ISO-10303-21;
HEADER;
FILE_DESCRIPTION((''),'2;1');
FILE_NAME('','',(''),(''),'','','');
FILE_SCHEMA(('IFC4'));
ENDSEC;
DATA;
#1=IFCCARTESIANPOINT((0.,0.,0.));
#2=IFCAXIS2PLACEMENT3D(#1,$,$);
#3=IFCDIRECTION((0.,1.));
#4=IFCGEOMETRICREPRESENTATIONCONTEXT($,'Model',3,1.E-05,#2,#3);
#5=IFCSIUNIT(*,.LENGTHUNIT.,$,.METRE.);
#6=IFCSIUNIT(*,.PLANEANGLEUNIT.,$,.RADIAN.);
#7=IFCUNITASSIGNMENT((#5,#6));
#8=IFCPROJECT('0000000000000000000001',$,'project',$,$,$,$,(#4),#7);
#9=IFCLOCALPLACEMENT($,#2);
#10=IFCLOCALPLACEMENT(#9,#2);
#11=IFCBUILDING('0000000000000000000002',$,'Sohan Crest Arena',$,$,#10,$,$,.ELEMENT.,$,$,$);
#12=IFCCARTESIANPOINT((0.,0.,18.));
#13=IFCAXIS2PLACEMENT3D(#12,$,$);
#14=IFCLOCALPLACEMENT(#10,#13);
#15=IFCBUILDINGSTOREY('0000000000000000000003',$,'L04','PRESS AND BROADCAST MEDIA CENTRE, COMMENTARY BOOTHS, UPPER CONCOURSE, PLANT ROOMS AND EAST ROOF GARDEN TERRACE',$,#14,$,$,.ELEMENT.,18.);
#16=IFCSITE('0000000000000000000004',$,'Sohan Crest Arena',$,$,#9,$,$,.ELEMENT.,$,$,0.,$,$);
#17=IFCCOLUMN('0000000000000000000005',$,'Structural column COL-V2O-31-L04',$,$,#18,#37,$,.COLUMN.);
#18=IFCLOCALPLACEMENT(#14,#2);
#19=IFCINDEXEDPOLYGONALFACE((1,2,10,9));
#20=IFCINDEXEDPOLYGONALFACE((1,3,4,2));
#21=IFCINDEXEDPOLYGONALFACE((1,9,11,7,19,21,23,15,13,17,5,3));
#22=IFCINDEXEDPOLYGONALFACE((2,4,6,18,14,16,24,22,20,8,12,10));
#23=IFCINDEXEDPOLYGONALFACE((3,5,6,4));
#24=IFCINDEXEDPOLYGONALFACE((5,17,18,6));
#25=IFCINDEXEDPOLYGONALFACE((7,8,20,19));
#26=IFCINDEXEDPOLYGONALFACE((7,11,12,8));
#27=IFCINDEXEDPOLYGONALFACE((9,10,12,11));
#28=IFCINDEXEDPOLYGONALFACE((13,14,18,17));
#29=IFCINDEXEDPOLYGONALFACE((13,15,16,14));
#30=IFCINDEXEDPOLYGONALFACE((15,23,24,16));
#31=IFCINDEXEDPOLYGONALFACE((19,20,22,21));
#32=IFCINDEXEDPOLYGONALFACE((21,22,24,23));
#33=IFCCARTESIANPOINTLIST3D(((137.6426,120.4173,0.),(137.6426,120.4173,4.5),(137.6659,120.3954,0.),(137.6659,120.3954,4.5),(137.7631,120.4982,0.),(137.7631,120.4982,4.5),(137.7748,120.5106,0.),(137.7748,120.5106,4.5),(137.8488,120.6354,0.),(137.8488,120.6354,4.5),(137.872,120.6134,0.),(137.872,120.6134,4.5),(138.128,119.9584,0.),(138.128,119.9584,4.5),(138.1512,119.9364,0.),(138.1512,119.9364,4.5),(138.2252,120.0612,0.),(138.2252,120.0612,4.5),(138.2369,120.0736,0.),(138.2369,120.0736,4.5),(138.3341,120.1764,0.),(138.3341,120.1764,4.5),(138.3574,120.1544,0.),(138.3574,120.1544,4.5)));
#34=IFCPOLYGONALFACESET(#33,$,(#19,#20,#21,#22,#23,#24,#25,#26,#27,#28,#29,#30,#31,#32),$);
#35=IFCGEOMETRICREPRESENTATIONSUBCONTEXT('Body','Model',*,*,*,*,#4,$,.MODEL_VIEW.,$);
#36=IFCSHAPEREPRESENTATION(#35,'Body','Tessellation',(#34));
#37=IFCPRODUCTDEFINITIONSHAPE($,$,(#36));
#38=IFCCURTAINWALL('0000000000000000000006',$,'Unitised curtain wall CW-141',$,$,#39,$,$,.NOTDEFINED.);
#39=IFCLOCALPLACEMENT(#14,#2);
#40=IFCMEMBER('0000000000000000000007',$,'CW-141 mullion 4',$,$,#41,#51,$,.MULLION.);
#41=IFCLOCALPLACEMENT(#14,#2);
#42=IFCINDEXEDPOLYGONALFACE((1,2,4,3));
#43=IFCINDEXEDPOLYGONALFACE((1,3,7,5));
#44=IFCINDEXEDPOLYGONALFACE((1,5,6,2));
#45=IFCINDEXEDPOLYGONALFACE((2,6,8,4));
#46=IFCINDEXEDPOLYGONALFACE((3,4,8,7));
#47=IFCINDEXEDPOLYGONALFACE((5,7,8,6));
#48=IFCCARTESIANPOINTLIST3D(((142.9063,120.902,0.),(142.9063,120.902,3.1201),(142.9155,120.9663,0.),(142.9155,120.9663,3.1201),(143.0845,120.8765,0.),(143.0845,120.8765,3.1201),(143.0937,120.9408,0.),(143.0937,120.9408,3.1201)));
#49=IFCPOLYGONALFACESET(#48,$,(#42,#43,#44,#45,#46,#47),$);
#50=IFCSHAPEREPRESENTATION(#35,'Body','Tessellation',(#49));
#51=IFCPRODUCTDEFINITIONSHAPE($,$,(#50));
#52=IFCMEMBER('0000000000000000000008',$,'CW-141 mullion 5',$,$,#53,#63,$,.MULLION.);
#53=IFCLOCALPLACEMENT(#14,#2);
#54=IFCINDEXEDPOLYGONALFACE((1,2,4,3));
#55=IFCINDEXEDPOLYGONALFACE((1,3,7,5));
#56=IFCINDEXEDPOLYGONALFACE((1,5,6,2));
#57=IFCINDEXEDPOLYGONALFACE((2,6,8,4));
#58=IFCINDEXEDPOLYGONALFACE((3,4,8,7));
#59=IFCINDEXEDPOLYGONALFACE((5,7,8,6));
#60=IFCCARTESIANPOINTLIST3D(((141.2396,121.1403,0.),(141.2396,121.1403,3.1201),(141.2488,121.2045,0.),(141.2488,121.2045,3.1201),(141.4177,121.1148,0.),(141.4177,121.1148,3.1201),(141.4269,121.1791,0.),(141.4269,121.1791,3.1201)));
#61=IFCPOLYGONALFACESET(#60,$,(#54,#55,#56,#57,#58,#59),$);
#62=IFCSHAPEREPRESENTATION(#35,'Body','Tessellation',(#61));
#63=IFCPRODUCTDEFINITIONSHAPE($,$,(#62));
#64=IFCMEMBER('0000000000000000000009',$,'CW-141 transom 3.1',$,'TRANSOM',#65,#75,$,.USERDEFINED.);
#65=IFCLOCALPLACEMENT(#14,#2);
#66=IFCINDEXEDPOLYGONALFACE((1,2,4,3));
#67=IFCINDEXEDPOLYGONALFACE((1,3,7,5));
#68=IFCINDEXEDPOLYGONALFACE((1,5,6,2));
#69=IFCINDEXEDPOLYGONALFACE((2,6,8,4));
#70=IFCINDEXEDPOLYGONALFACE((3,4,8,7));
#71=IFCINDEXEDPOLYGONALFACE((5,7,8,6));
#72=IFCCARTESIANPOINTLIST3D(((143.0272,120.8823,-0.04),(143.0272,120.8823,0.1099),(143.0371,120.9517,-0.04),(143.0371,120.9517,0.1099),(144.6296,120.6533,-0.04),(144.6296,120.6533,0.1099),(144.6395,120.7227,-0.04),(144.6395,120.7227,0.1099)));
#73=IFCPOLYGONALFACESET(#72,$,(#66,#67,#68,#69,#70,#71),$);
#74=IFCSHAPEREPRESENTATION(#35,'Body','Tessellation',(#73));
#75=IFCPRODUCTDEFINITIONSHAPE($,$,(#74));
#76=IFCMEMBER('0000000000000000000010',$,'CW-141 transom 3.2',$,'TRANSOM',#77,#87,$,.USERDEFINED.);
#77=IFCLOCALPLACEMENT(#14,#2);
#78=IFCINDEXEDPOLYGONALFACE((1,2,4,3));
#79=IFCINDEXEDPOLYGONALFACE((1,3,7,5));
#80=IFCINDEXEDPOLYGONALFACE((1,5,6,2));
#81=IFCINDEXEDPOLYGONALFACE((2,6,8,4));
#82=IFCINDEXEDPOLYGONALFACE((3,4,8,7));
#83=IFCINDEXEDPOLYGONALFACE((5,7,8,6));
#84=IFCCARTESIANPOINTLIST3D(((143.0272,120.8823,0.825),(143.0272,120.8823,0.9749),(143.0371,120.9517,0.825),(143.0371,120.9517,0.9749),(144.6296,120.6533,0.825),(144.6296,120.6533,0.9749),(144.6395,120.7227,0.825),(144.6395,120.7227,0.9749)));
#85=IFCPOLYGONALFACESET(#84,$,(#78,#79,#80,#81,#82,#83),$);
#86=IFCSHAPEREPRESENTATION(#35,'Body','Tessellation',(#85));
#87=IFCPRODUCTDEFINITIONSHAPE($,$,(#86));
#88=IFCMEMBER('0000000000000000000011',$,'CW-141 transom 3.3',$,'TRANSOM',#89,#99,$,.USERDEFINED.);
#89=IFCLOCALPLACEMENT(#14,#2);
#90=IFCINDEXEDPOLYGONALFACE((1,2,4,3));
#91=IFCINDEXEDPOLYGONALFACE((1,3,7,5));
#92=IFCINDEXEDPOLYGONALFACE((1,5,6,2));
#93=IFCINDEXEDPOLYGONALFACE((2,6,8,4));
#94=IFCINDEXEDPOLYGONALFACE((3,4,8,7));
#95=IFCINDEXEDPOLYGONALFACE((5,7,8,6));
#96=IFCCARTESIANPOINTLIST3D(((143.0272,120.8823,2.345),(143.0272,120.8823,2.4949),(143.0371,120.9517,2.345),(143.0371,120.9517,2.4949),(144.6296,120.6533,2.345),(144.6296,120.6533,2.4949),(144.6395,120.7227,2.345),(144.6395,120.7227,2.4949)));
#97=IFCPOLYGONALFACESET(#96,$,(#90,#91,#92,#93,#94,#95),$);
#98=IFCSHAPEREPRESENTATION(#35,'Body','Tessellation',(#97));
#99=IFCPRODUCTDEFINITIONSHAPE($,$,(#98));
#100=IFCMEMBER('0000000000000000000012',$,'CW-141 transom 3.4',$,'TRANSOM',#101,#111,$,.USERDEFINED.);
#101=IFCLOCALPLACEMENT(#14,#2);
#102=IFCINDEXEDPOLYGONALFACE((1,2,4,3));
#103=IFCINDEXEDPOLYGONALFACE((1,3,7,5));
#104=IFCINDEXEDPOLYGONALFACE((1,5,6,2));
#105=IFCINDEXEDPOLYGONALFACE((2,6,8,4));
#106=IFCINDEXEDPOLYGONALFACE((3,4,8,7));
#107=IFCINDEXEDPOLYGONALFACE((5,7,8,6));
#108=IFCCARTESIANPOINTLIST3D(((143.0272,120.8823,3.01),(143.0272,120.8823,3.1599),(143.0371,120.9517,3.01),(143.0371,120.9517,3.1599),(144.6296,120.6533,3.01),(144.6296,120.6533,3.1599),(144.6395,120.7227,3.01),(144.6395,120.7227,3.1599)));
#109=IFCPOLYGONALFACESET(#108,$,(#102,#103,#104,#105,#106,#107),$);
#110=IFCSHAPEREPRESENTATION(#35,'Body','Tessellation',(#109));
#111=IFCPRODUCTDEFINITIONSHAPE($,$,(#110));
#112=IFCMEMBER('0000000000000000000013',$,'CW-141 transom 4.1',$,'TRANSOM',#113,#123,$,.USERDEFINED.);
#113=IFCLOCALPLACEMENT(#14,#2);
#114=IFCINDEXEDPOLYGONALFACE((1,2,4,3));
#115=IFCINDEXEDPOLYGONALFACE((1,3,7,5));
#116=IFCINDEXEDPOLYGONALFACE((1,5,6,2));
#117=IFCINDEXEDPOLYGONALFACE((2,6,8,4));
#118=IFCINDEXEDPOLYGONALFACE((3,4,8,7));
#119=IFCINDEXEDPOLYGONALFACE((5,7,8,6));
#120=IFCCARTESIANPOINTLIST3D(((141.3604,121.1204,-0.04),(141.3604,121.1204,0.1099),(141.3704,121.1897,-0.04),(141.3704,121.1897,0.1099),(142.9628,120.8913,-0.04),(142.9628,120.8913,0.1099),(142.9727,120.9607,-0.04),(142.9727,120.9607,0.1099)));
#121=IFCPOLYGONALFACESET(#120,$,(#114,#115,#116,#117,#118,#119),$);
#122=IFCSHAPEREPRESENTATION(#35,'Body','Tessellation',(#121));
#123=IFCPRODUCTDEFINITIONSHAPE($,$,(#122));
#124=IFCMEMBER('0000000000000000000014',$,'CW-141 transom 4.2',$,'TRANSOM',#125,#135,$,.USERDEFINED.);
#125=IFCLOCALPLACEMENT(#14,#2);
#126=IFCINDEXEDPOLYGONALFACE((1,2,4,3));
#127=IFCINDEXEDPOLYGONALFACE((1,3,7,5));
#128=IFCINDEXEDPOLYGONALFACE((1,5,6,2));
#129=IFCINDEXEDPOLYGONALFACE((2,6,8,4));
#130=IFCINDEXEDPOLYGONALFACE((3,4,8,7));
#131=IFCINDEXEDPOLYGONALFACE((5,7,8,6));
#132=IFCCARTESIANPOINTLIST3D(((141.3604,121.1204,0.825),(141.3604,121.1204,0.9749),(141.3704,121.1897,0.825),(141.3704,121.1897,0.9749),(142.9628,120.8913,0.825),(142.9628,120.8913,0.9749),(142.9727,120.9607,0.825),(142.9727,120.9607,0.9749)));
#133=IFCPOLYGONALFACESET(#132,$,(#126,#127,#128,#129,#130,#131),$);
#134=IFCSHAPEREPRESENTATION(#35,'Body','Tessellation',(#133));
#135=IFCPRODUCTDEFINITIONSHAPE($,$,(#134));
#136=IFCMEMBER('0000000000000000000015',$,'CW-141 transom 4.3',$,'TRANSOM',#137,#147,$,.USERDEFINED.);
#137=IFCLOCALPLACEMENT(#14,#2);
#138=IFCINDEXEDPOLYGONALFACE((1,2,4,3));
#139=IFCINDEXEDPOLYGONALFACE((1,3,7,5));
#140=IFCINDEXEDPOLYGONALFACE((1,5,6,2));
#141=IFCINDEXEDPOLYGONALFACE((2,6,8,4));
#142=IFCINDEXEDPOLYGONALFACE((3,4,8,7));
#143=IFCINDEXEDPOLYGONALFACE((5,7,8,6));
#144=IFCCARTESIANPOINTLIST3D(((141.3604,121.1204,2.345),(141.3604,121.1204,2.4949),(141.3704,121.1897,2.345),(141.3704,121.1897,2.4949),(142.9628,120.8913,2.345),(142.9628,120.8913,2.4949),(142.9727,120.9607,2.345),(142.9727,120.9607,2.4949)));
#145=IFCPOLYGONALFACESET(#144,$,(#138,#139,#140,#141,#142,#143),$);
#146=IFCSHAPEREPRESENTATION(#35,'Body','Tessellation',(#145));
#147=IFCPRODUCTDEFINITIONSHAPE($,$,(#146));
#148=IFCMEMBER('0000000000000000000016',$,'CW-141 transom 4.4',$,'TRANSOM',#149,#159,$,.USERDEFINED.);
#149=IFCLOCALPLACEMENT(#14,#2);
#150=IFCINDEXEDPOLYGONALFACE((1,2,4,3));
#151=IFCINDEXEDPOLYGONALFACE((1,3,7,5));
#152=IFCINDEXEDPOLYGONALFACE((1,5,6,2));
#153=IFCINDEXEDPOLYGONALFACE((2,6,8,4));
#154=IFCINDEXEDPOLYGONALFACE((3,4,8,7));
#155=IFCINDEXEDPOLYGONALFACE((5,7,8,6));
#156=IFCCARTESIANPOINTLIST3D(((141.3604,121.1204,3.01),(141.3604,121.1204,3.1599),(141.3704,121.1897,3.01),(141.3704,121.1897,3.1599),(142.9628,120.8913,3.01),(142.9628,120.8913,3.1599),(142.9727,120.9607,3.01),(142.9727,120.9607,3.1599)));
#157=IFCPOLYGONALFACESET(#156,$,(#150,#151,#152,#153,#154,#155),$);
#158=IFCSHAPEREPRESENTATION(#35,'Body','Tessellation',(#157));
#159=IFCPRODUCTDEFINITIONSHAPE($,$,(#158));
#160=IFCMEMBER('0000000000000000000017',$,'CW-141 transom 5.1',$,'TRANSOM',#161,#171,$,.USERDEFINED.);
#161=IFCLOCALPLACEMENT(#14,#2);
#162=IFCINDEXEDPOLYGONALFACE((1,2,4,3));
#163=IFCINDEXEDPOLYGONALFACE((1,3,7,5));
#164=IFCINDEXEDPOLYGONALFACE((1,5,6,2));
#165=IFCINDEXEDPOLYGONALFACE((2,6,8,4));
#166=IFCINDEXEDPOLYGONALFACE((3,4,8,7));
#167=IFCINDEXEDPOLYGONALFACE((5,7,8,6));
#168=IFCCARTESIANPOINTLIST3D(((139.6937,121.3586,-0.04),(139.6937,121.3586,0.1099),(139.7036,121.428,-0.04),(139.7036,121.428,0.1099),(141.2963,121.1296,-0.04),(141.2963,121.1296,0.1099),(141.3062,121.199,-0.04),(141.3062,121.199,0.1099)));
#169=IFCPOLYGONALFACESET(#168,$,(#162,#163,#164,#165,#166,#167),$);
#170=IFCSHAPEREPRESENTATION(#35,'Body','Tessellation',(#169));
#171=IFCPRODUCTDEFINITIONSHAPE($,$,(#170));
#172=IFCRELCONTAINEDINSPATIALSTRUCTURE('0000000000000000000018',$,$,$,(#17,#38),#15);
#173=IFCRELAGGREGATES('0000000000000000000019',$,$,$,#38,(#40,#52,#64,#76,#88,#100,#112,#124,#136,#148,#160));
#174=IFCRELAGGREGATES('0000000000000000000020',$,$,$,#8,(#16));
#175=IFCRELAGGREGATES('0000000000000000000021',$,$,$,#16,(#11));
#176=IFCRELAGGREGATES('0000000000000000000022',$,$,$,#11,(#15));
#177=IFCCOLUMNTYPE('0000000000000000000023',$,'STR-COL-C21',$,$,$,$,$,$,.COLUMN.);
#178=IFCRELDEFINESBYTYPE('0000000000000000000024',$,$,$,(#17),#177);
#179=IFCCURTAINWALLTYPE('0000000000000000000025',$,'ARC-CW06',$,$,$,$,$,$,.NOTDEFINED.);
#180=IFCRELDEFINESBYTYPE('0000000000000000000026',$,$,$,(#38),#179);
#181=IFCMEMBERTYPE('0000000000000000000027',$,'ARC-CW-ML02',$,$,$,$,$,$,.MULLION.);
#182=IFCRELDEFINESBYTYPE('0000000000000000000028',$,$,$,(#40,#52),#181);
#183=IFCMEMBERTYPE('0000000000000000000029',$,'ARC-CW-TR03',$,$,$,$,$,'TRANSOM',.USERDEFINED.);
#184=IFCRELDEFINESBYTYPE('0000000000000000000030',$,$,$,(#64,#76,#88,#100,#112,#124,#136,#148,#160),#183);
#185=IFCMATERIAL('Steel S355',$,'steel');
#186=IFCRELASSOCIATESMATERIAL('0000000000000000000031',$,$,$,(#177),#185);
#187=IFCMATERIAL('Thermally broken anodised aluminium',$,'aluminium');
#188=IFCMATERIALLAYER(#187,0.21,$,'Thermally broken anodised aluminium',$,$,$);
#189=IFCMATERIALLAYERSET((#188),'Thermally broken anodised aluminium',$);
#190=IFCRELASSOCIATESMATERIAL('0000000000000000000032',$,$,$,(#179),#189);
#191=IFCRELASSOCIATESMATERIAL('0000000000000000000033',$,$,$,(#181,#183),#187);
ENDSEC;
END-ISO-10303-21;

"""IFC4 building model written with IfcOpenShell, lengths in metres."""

from ifc_helpers import new_model, si_unit, direction, frame, origin, origin_2d, place, context, subcontext, project, spatial, rectangle, i_section, extrude, material, layer, layer_set, material_profile, profile_set, type_object, element, aggregate, save


model = new_model("IFC4")

# Units and contexts
model_context = context("Model", 3, precision=1e-05, world=origin(), true_north=direction((0.0, 1.0)))
body_context = subcontext(model_context, "Body", "Model", "MODEL_VIEW")
ifc_project = project(units=[si_unit("LENGTHUNIT", "METRE"), si_unit("PLANEANGLEUNIT", "RADIAN")], contexts=[model_context])

# Site, building, storey
site_placement = place(None, origin())
site = spatial("IfcSite", under=ifc_project, at=site_placement, Name="Sohan Crest Arena", CompositionType="ELEMENT", RefElevation=0.0)
building_placement = place(site_placement, origin())
building = spatial("IfcBuilding", under=site, at=building_placement, Name="Sohan Crest Arena", CompositionType="ELEMENT")
storey_placement = place(building_placement, frame((0.0, 0.0, 18.0)))
storey = spatial("IfcBuildingStorey", under=building, at=storey_placement, Name="L04", Description="PRESS AND BROADCAST MEDIA CENTRE, COMMENTARY BOOTHS, UPPER CONCOURSE, PLANT ROOMS AND EAST ROOF GARDEN TERRACE", CompositionType="ELEMENT", Elevation=18.0)

# Column
ifc_material_1 = material(Name="Steel S355", Category="steel")
ifc_material_profile_1 = material_profile(ifc_material_1, i_section(OverallWidth=0.3, OverallDepth=0.7, WebThickness=0.0171, FlangeThickness=0.032, at=origin_2d()), Name="HEB 700")
ifc_profile_set_1 = profile_set([ifc_material_profile_1], Name="Steel S355")
column_type = type_object("IfcColumnType", Name="STR-COL-C21", PredefinedType="COLUMN", material=ifc_profile_set_1)
column_placement = place(storey_placement, frame((138.0, 120.2859, 0.0), z_axis=(0.0, 0.0, 1.0), x_axis=(0.687088, 0.726575, 0.0)))
element("IfcColumn", 1, at=column_placement, inside=storey, type_object=column_type, Name="Structural column COL-V2O-31-L04", PredefinedType="COLUMN", context=body_context, shape_type="SweptSolid", body=[
    extrude(i_section(OverallWidth=0.3, OverallDepth=0.7, WebThickness=0.0171, FlangeThickness=0.032, at=origin_2d()), origin(), (0.0, 0.0, 1.0), 4.5),
])

# Curtain wall, members
ifc_material_2 = material(Name="Thermally broken anodised aluminium", Category="aluminium")
ifc_layer_1 = layer(ifc_material_2, 0.21, Name="Thermally broken anodised aluminium")
ifc_layer_set_1 = layer_set([ifc_layer_1], Name="Thermally broken anodised aluminium")
curtain_wall_type = type_object("IfcCurtainWallType", Name="ARC-CW06", PredefinedType="NOTDEFINED", material=ifc_layer_set_1)
curtain_wall_placement = place(storey_placement, origin())
curtain_wall = element("IfcCurtainWall", 2, at=curtain_wall_placement, inside=storey, type_object=curtain_wall_type, Name="Unitised curtain wall CW-141", PredefinedType="NOTDEFINED")
ifc_material_profile_2 = material_profile(ifc_material_2, rectangle(XDim=0.0649, YDim=0.1799, at=origin_2d()), Name="ALU-MULL 65x180")
ifc_profile_set_2 = profile_set([ifc_material_profile_2], Name="Thermally broken anodised aluminium")
member_type_1 = type_object("IfcMemberType", Name="ARC-CW-ML02", PredefinedType="MULLION", material=ifc_profile_set_2)
member_1_placement = place(storey_placement, frame((143.0, 120.9214, 0.0), z_axis=(0.0, 0.0, 1.0), x_axis=(-0.141463, -0.989944, 0.0)))
member_1 = element("IfcMember", 3, at=member_1_placement, type_object=member_type_1, Name="CW-141 mullion 4", PredefinedType="MULLION", context=body_context, shape_type="SweptSolid", body=[
    extrude(rectangle(XDim=0.0649, YDim=0.1799, at=origin_2d()), origin(), (0.0, 0.0, 1.0), 3.1201),
])
member_2_placement = place(storey_placement, frame((141.3333, 121.1597, 0.0), z_axis=(0.0, 0.0, 1.0), x_axis=(-0.141463, -0.989944, 0.0)))
member_2 = element("IfcMember", 4, at=member_2_placement, type_object=member_type_1, Name="CW-141 mullion 5", PredefinedType="MULLION", context=body_context, shape_type="SweptSolid", body=[
    extrude(rectangle(XDim=0.0649, YDim=0.1799, at=origin_2d()), origin(), (0.0, 0.0, 1.0), 3.1201),
])
ifc_material_profile_3 = material_profile(ifc_material_2, rectangle(XDim=0.0701, YDim=0.1499, at=origin_2d()), Name="ALU-TRAN 70x150")
ifc_profile_set_3 = profile_set([ifc_material_profile_3], Name="Thermally broken anodised aluminium")
member_type_2 = type_object("IfcMemberType", Name="ARC-CW-TR03", ElementType="TRANSOM", PredefinedType="USERDEFINED", material=ifc_profile_set_3)
member_3_placement = place(storey_placement, frame((144.6345, 120.688, 0.0349), z_axis=(-0.98994, 0.141485, 0.0), x_axis=(-0.141485, -0.98994, 0.0)))
member_3 = element("IfcMember", 5, at=member_3_placement, type_object=member_type_2, Name="CW-141 transom 3.1", ObjectType="TRANSOM", PredefinedType="USERDEFINED", context=body_context, shape_type="SweptSolid", body=[
    extrude(rectangle(XDim=0.0701, YDim=0.1499, at=origin_2d()), origin(), (0.0, 0.0, 1.0), 1.6187),
])
member_4_placement = place(storey_placement, frame((144.6345, 120.688, 0.8999), z_axis=(-0.98994, 0.141485, 0.0), x_axis=(-0.141485, -0.98994, 0.0)))
member_4 = element("IfcMember", 6, at=member_4_placement, type_object=member_type_2, Name="CW-141 transom 3.2", ObjectType="TRANSOM", PredefinedType="USERDEFINED", context=body_context, shape_type="SweptSolid", body=[
    extrude(rectangle(XDim=0.0701, YDim=0.1499, at=origin_2d()), origin(), (0.0, 0.0, 1.0), 1.6187),
])
member_5_placement = place(storey_placement, frame((144.6345, 120.688, 2.4199), z_axis=(-0.98994, 0.141485, 0.0), x_axis=(-0.141485, -0.98994, 0.0)))
member_5 = element("IfcMember", 7, at=member_5_placement, type_object=member_type_2, Name="CW-141 transom 3.3", ObjectType="TRANSOM", PredefinedType="USERDEFINED", context=body_context, shape_type="SweptSolid", body=[
    extrude(rectangle(XDim=0.0701, YDim=0.1499, at=origin_2d()), origin(), (0.0, 0.0, 1.0), 1.6187),
])
member_6_placement = place(storey_placement, frame((144.6345, 120.688, 3.085), z_axis=(-0.98994, 0.141485, 0.0), x_axis=(-0.141485, -0.98994, 0.0)))
member_6 = element("IfcMember", 8, at=member_6_placement, type_object=member_type_2, Name="CW-141 transom 3.4", ObjectType="TRANSOM", PredefinedType="USERDEFINED", context=body_context, shape_type="SweptSolid", body=[
    extrude(rectangle(XDim=0.0701, YDim=0.1499, at=origin_2d()), origin(), (0.0, 0.0, 1.0), 1.6187),
])
member_7_placement = place(storey_placement, frame((142.9678, 120.926, 0.0349), z_axis=(-0.98994, 0.141485, 0.0), x_axis=(-0.141485, -0.98994, 0.0)))
member_7 = element("IfcMember", 9, at=member_7_placement, type_object=member_type_2, Name="CW-141 transom 4.1", ObjectType="TRANSOM", PredefinedType="USERDEFINED", context=body_context, shape_type="SweptSolid", body=[
    extrude(rectangle(XDim=0.0701, YDim=0.1499, at=origin_2d()), origin(), (0.0, 0.0, 1.0), 1.6187),
])
member_8_placement = place(storey_placement, frame((142.9678, 120.926, 0.8999), z_axis=(-0.98994, 0.141485, 0.0), x_axis=(-0.141485, -0.98994, 0.0)))
member_8 = element("IfcMember", 10, at=member_8_placement, type_object=member_type_2, Name="CW-141 transom 4.2", ObjectType="TRANSOM", PredefinedType="USERDEFINED", context=body_context, shape_type="SweptSolid", body=[
    extrude(rectangle(XDim=0.0701, YDim=0.1499, at=origin_2d()), origin(), (0.0, 0.0, 1.0), 1.6187),
])
member_9_placement = place(storey_placement, frame((142.9678, 120.926, 2.4199), z_axis=(-0.98994, 0.141485, 0.0), x_axis=(-0.141485, -0.98994, 0.0)))
member_9 = element("IfcMember", 11, at=member_9_placement, type_object=member_type_2, Name="CW-141 transom 4.3", ObjectType="TRANSOM", PredefinedType="USERDEFINED", context=body_context, shape_type="SweptSolid", body=[
    extrude(rectangle(XDim=0.0701, YDim=0.1499, at=origin_2d()), origin(), (0.0, 0.0, 1.0), 1.6187),
])
member_10_placement = place(storey_placement, frame((142.9678, 120.926, 3.085), z_axis=(-0.98994, 0.141485, 0.0), x_axis=(-0.141485, -0.98994, 0.0)))
member_10 = element("IfcMember", 12, at=member_10_placement, type_object=member_type_2, Name="CW-141 transom 4.4", ObjectType="TRANSOM", PredefinedType="USERDEFINED", context=body_context, shape_type="SweptSolid", body=[
    extrude(rectangle(XDim=0.0701, YDim=0.1499, at=origin_2d()), origin(), (0.0, 0.0, 1.0), 1.6187),
])
member_11_placement = place(storey_placement, frame((141.3013, 121.1643, 0.0349), z_axis=(-0.989943, 0.141464, 0.0), x_axis=(-0.141464, -0.989943, 0.0)))
member_11 = element("IfcMember", 13, at=member_11_placement, type_object=member_type_2, Name="CW-141 transom 5.1", ObjectType="TRANSOM", PredefinedType="USERDEFINED", context=body_context, shape_type="SweptSolid", body=[
    extrude(rectangle(XDim=0.0701, YDim=0.1499, at=origin_2d()), origin(), (0.0, 0.0, 1.0), 1.6189),
])

aggregate(curtain_wall, [member_1, member_2, member_3, member_4, member_5, member_6, member_7, member_8, member_9, member_10, member_11])

save(model, "model.ifc")
